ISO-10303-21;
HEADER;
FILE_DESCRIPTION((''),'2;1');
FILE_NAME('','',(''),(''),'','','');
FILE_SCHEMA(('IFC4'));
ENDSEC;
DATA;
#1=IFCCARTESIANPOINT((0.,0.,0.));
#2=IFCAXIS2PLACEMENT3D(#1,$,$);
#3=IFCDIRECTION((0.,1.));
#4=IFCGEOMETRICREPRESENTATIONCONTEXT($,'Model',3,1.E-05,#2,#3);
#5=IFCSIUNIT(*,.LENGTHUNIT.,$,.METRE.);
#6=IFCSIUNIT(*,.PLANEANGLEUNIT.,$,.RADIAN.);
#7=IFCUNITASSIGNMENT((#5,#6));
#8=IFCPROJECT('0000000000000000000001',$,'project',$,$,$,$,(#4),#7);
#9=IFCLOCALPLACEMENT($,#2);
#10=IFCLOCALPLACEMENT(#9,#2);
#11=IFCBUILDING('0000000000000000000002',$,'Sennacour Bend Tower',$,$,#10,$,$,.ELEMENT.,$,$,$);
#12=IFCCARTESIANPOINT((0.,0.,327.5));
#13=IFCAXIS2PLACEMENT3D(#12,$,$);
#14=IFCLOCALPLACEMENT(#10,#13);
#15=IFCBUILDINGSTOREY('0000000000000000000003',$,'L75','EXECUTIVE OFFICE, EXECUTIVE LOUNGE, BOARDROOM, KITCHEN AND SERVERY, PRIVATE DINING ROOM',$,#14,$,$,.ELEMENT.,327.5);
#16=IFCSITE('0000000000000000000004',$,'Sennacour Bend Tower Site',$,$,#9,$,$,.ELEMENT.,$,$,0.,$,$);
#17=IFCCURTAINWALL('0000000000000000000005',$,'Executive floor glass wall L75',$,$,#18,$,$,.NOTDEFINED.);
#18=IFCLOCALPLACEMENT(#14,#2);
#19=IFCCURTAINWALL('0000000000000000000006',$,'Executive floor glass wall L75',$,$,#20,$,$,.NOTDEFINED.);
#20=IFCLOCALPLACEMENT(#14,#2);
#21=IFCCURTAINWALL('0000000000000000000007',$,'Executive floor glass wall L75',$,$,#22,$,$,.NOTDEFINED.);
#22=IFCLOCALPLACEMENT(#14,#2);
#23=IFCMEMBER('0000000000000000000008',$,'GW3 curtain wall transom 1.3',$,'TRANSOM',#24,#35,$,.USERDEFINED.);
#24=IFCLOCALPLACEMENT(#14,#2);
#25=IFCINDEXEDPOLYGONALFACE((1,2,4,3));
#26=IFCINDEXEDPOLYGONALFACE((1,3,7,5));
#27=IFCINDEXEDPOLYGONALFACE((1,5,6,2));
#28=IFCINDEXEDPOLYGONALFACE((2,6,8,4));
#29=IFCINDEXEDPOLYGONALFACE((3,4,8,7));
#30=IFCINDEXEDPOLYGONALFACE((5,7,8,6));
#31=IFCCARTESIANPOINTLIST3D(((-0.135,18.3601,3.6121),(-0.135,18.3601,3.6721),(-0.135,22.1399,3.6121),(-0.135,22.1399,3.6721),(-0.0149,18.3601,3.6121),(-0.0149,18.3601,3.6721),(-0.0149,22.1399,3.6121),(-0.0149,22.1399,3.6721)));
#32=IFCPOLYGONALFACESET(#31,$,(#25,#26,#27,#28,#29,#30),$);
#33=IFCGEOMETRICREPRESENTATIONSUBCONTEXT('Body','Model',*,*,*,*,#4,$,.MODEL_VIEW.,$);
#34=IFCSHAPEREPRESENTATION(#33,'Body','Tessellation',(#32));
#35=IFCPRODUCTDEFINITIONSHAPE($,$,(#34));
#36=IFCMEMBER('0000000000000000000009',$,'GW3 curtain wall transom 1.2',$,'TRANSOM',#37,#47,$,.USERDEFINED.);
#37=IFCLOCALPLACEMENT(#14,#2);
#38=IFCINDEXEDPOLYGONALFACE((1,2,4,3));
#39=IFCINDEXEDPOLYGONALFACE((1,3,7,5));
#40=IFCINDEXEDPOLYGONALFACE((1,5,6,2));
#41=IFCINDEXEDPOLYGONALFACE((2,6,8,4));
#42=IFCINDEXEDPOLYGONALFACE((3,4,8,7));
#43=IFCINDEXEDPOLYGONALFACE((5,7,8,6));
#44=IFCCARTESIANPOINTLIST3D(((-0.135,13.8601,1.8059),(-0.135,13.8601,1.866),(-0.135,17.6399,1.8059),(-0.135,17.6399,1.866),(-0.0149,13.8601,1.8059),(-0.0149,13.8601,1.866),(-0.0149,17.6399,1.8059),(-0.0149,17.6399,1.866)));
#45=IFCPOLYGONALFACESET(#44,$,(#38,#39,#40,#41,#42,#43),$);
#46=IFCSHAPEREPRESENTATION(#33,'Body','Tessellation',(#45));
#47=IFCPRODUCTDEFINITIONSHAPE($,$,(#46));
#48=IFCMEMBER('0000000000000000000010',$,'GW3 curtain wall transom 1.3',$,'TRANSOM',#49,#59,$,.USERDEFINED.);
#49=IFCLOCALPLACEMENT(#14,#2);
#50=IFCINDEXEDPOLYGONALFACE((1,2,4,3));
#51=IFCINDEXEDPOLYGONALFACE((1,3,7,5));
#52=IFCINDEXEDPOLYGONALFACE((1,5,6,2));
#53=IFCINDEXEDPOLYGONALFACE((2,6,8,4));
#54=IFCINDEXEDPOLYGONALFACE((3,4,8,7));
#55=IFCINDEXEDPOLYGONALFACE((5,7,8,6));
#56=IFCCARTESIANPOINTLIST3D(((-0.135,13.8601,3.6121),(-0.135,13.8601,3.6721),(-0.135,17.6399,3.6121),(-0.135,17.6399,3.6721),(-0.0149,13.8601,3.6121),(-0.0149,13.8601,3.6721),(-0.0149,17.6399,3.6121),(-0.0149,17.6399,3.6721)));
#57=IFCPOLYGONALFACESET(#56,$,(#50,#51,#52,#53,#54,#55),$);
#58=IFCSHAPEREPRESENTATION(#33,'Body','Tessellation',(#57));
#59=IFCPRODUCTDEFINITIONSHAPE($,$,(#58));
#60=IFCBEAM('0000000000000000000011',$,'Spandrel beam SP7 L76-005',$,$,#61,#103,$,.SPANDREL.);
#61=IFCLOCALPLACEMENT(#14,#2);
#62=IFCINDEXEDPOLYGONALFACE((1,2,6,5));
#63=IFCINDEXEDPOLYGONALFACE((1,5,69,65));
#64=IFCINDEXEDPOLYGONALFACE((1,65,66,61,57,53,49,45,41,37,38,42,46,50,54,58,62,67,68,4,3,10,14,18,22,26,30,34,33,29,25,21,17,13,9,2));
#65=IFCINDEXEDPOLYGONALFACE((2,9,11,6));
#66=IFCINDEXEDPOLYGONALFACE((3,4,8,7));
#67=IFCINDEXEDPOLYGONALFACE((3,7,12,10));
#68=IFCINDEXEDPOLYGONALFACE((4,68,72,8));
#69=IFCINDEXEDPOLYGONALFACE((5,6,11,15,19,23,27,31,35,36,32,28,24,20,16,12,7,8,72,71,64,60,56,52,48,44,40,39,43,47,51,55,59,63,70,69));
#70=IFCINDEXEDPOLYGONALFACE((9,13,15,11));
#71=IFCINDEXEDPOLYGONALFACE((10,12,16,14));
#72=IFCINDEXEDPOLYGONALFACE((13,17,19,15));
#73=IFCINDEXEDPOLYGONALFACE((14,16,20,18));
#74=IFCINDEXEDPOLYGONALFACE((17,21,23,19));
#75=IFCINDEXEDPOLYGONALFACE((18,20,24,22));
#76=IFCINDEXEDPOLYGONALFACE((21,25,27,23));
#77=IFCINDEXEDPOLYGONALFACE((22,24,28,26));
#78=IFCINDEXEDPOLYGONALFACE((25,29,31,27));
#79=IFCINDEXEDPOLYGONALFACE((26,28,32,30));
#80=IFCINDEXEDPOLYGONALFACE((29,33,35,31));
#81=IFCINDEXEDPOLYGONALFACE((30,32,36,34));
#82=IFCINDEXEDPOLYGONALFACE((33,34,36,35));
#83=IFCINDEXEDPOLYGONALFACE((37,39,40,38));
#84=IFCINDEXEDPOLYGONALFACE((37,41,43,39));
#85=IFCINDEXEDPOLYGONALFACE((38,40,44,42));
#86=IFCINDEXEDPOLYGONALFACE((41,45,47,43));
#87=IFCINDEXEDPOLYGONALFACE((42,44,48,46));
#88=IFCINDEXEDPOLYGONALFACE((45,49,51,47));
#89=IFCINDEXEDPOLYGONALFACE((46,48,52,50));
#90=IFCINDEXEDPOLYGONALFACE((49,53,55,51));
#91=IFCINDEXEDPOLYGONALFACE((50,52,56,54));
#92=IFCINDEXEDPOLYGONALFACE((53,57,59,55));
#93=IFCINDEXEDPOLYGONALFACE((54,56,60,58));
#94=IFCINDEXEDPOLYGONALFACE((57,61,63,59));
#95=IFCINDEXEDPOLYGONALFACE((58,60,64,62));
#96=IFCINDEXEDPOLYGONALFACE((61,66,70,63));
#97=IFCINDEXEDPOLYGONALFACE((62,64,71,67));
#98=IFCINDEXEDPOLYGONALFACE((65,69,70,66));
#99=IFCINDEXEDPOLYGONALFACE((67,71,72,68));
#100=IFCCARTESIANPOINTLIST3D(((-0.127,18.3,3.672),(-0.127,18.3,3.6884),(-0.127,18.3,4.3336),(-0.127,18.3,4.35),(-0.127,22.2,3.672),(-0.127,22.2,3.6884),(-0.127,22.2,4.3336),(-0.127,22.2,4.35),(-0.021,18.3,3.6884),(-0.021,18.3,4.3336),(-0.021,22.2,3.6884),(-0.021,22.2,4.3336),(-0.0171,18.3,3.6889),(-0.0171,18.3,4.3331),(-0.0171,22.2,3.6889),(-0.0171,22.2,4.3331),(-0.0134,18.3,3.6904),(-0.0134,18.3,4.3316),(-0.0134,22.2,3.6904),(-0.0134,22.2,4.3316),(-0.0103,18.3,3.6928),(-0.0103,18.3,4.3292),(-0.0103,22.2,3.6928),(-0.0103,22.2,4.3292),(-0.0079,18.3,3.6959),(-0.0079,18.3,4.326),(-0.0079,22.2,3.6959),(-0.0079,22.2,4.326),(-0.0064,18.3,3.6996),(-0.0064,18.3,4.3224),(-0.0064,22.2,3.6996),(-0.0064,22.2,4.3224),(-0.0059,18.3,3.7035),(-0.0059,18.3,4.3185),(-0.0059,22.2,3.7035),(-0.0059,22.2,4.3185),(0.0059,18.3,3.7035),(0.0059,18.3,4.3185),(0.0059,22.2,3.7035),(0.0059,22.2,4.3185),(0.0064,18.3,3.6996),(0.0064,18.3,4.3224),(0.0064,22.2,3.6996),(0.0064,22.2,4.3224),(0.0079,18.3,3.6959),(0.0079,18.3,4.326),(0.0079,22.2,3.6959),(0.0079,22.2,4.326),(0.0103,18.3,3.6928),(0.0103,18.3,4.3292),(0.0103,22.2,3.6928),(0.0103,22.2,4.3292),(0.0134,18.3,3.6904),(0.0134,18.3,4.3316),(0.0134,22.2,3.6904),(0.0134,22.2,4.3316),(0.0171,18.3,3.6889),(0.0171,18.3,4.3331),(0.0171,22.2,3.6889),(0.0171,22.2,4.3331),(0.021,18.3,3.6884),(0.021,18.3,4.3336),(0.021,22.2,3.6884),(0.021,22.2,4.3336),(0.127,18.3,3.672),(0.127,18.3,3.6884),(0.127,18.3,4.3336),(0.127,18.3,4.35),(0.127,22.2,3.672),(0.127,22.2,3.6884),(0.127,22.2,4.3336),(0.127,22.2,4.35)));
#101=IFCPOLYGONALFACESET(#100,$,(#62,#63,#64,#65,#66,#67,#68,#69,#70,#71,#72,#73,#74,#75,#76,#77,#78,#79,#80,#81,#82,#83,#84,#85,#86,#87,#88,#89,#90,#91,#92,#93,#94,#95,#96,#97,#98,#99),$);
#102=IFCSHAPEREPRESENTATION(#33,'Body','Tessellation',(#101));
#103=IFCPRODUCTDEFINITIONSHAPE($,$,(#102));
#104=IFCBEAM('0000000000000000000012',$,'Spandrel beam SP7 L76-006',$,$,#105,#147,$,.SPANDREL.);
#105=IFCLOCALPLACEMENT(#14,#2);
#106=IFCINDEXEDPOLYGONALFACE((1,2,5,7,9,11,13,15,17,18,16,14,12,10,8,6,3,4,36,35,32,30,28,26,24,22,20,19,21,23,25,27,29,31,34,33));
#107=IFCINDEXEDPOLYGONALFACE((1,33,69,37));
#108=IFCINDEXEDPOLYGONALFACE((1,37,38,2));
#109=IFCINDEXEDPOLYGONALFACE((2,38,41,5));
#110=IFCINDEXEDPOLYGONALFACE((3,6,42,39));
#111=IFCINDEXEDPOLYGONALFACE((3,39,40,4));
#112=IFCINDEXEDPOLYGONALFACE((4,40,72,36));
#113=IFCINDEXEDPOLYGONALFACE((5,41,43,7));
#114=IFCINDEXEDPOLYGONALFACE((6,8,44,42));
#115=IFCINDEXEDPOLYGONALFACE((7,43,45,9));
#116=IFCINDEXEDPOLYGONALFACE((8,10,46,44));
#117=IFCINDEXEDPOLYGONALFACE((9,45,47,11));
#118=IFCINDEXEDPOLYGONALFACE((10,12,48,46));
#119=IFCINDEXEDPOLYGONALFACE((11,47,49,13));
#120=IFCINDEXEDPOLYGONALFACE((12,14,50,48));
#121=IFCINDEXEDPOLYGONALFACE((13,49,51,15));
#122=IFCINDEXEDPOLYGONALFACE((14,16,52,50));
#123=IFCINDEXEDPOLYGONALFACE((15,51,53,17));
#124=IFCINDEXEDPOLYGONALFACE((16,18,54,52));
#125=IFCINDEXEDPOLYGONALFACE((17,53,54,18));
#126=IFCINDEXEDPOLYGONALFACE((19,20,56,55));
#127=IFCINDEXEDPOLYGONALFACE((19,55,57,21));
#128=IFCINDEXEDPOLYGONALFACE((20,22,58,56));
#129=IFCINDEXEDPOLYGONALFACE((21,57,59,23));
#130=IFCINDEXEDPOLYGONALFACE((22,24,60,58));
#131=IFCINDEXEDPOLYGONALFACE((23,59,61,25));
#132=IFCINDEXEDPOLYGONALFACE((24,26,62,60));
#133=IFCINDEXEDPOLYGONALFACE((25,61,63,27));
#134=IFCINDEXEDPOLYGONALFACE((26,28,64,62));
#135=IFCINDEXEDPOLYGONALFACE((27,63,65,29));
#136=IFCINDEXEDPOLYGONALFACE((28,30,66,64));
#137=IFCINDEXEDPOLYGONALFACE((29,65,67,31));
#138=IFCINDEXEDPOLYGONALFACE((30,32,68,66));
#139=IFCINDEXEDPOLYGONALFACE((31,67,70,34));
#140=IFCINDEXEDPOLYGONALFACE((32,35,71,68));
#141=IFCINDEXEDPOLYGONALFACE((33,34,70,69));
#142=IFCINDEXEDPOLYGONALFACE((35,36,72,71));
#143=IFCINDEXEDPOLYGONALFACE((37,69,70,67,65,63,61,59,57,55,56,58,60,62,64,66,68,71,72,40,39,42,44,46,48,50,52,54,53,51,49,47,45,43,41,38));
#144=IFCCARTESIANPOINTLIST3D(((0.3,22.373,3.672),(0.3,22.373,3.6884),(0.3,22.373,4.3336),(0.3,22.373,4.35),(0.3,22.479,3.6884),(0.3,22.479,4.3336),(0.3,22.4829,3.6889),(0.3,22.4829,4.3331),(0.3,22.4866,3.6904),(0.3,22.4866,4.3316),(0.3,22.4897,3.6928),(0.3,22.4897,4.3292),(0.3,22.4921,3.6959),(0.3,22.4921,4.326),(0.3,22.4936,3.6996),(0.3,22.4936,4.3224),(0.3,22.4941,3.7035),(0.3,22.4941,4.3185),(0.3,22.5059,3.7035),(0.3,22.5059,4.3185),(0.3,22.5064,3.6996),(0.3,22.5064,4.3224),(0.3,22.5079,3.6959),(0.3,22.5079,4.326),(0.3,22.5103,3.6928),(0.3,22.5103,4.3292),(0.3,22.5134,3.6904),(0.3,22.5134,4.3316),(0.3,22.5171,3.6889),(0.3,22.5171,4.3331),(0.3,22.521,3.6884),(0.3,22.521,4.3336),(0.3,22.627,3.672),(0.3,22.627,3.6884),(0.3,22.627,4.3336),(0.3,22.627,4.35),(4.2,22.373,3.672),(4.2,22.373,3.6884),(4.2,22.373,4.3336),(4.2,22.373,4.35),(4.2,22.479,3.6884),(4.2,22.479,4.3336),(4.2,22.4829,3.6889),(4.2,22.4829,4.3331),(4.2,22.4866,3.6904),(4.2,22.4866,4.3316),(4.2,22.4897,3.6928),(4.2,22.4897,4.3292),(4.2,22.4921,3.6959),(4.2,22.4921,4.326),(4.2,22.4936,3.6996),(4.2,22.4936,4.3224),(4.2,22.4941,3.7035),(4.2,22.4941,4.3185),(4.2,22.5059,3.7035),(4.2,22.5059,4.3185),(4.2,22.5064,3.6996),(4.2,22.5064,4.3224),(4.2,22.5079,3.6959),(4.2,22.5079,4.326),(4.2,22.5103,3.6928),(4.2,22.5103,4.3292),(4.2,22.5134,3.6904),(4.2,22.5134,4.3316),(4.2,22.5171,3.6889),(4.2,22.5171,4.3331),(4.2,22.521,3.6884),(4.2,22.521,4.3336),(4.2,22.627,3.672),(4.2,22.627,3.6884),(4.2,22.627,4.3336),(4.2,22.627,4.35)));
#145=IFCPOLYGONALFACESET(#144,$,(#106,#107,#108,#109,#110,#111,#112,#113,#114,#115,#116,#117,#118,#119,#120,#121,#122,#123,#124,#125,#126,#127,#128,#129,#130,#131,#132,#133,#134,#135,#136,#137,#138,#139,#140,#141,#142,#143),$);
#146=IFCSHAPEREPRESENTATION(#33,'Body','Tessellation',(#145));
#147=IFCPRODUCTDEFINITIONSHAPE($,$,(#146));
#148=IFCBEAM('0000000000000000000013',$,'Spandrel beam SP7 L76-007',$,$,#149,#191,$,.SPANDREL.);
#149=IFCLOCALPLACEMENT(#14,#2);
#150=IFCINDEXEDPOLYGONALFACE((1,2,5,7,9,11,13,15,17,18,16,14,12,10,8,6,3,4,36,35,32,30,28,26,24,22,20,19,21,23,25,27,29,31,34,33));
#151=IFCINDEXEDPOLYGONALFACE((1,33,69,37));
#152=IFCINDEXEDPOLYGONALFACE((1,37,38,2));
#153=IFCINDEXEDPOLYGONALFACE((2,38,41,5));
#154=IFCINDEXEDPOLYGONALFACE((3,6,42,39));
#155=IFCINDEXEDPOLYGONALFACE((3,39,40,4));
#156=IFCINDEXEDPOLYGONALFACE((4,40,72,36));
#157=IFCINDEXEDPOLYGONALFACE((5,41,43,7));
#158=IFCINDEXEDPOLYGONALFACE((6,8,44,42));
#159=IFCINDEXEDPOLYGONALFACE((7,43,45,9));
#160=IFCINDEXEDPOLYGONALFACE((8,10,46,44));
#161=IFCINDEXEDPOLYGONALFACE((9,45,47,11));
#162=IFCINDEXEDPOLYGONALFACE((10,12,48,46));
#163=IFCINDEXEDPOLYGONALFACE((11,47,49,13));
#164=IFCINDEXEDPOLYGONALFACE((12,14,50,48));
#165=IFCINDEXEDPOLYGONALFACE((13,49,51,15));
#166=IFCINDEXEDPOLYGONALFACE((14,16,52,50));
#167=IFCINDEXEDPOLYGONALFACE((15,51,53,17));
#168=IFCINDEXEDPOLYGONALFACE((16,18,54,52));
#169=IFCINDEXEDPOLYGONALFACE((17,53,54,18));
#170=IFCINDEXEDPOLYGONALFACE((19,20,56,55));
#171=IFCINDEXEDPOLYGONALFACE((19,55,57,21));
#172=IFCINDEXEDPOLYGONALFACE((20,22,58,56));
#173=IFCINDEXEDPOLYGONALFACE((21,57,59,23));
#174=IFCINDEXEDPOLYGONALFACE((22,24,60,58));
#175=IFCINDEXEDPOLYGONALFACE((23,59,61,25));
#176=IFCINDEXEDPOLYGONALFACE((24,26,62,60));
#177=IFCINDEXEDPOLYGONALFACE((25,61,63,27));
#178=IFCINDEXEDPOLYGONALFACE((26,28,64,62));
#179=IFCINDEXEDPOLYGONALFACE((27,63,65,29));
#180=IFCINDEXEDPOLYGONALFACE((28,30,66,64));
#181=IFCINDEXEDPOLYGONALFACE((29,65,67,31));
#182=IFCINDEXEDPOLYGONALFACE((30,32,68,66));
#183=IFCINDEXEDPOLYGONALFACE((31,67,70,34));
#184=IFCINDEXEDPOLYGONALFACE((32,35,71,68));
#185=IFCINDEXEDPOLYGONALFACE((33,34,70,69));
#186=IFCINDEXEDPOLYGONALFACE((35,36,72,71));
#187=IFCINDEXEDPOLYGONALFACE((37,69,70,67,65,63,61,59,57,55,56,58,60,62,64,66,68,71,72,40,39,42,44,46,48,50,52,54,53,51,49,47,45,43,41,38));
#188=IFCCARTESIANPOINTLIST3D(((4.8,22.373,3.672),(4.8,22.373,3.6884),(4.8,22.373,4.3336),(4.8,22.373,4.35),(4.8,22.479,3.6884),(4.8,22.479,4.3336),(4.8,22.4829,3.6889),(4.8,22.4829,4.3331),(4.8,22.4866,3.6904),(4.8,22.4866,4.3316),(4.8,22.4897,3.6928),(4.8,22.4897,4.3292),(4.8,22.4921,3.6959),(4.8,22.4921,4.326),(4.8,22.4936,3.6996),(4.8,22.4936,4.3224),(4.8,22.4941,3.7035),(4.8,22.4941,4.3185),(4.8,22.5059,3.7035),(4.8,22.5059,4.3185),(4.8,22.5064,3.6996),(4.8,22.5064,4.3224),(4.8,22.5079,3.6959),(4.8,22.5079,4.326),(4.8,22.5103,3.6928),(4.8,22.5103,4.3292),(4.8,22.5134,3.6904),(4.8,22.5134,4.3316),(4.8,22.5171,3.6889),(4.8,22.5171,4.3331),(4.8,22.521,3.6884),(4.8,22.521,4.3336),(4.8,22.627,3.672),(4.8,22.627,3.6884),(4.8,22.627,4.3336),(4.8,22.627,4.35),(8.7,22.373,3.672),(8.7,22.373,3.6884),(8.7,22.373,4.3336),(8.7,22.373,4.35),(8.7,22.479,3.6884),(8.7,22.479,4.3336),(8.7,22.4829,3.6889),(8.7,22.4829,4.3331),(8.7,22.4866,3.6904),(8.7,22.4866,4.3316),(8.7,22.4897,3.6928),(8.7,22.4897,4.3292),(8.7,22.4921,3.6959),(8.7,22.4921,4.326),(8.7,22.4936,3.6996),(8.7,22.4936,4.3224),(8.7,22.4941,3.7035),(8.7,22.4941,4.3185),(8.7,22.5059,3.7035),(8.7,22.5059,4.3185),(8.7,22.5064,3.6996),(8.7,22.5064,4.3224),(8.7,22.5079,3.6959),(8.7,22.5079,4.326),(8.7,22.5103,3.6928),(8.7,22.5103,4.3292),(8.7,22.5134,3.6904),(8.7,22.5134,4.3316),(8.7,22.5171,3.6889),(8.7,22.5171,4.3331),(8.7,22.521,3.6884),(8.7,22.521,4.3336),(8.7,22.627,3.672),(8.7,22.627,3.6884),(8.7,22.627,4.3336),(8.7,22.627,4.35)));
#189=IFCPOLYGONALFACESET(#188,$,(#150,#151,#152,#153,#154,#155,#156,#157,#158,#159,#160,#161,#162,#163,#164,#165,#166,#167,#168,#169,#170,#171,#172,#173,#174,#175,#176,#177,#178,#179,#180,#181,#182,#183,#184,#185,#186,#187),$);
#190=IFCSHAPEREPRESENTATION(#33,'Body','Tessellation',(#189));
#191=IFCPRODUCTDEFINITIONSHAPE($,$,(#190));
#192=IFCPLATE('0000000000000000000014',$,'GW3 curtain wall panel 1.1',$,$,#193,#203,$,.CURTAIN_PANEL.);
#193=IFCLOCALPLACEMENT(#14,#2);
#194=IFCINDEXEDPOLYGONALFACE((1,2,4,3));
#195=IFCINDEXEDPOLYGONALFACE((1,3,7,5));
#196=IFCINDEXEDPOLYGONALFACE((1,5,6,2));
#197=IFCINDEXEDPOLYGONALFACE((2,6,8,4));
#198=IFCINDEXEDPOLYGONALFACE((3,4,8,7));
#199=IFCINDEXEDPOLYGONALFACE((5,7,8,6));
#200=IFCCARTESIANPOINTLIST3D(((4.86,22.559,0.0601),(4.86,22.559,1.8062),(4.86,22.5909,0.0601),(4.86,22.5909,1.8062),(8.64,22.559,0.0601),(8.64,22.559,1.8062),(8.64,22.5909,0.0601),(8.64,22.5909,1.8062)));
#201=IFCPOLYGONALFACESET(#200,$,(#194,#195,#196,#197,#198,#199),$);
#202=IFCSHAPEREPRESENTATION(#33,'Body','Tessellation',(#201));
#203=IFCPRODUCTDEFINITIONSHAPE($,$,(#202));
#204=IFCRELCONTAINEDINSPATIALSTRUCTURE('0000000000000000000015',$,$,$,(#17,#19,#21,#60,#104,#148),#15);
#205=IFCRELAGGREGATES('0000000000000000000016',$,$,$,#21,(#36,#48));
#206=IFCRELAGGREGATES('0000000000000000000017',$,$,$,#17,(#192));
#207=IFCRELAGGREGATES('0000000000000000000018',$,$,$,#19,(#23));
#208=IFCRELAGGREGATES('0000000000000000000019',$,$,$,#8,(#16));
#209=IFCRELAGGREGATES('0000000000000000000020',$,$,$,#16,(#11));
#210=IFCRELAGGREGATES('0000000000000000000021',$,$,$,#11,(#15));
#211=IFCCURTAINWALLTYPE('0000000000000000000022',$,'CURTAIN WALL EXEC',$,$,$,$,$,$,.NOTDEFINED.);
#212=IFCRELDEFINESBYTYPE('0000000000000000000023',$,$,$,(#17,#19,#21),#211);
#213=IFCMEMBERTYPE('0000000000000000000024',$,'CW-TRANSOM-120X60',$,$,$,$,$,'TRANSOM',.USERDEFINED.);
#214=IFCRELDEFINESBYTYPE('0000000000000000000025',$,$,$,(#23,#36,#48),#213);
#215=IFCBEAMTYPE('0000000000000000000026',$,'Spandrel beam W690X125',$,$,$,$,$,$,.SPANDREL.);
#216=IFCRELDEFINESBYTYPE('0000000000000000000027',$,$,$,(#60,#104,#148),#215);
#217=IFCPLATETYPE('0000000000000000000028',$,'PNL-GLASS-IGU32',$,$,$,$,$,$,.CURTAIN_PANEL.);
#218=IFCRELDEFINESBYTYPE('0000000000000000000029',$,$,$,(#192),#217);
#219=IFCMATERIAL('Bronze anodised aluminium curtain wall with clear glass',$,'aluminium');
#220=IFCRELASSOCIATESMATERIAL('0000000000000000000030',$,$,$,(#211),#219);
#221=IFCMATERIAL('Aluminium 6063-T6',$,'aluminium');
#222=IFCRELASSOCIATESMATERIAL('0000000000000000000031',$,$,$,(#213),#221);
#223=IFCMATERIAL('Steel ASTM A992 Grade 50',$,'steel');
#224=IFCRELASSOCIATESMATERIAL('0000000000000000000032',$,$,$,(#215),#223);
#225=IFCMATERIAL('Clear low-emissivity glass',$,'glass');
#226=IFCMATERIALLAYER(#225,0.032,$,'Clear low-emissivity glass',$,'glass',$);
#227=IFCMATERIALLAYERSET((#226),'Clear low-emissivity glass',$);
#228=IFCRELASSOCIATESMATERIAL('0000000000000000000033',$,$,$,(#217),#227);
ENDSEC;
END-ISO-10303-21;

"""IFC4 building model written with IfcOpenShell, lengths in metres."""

from ifc_helpers import new_model, si_unit, direction, frame, origin, origin_2d, place, context, subcontext, project, spatial, rectangle, i_section, extrude, material, layer, layer_set, material_profile, profile_set, type_object, element, aggregate, save


model = new_model("IFC4")

# Units and contexts
model_context = context("Model", 3, precision=1e-05, world=origin(), true_north=direction((0.0, 1.0)))
body_context = subcontext(model_context, "Body", "Model", "MODEL_VIEW")
ifc_project = project(units=[si_unit("LENGTHUNIT", "METRE"), si_unit("PLANEANGLEUNIT", "RADIAN")], contexts=[model_context])

# Site, building, storey
site_placement = place(None, origin())
site = spatial("IfcSite", under=ifc_project, at=site_placement, Name="Sennacour Bend Tower Site", CompositionType="ELEMENT", RefElevation=0.0)
building_placement = place(site_placement, origin())
building = spatial("IfcBuilding", under=site, at=building_placement, Name="Sennacour Bend Tower", CompositionType="ELEMENT")
storey_placement = place(building_placement, frame((0.0, 0.0, 327.5)))
storey = spatial("IfcBuildingStorey", under=building, at=storey_placement, Name="L75", Description="EXECUTIVE OFFICE, EXECUTIVE LOUNGE, BOARDROOM, KITCHEN AND SERVERY, PRIVATE DINING ROOM", CompositionType="ELEMENT", Elevation=327.5)

# Curtain wall
ifc_material_1 = material(Name="Bronze anodised aluminium curtain wall with clear glass", Category="aluminium")
curtain_wall_type = type_object("IfcCurtainWallType", Name="CURTAIN WALL EXEC", PredefinedType="NOTDEFINED", material=ifc_material_1)
curtain_wall_1_placement = place(storey_placement, origin())
curtain_wall_1 = element("IfcCurtainWall", 1, at=curtain_wall_1_placement, inside=storey, type_object=curtain_wall_type, Name="Executive floor glass wall L75", PredefinedType="NOTDEFINED")
ifc_material_2 = material(Name="Aluminium 6063-T6", Category="aluminium")

# Curtain wall
curtain_wall_2_placement = place(storey_placement, origin())
curtain_wall_2 = element("IfcCurtainWall", 2, at=curtain_wall_2_placement, inside=storey, type_object=curtain_wall_type, Name="Executive floor glass wall L75", PredefinedType="NOTDEFINED")

# Curtain wall
curtain_wall_3_placement = place(storey_placement, origin())
curtain_wall_3 = element("IfcCurtainWall", 3, at=curtain_wall_3_placement, inside=storey, type_object=curtain_wall_type, Name="Executive floor glass wall L75", PredefinedType="NOTDEFINED")

# Members
ifc_material_profile_1 = material_profile(ifc_material_2, rectangle(XDim=0.1201, YDim=0.0601, at=origin_2d()), Name="Aluminium 6063-T6", Category="aluminium")
ifc_profile_set_1 = profile_set([ifc_material_profile_1], Name="Aluminium 6063-T6")
member_type_1 = type_object("IfcMemberType", Name="CW-TRANSOM-120X60", ElementType="TRANSOM", PredefinedType="USERDEFINED", material=ifc_profile_set_1)
member_1_placement = place(storey_placement, frame((-0.075, 22.1399, 3.6421), z_axis=(0.0, -1.0, 0.0), x_axis=(1.0, 0.0, 0.0)))
member_1 = element("IfcMember", 4, at=member_1_placement, type_object=member_type_1, Name="GW3 curtain wall transom 1.3", ObjectType="TRANSOM", PredefinedType="USERDEFINED", context=body_context, shape_type="SweptSolid", body=[
    extrude(rectangle(XDim=0.1201, YDim=0.0601, at=origin_2d()), origin(), (0.0, 0.0, 1.0), 3.7798),
])
member_2_placement = place(storey_placement, frame((-0.075, 17.6399, 1.8359), z_axis=(0.0, -1.0, 0.0), x_axis=(1.0, 0.0, 0.0)))
member_2 = element("IfcMember", 5, at=member_2_placement, type_object=member_type_1, Name="GW3 curtain wall transom 1.2", ObjectType="TRANSOM", PredefinedType="USERDEFINED", context=body_context, shape_type="SweptSolid", body=[
    extrude(rectangle(XDim=0.1201, YDim=0.0601, at=origin_2d()), origin(), (0.0, 0.0, 1.0), 3.7798),
])
member_3_placement = place(storey_placement, frame((-0.075, 17.6399, 3.6421), z_axis=(0.0, -1.0, 0.0), x_axis=(1.0, 0.0, 0.0)))
member_3 = element("IfcMember", 6, at=member_3_placement, type_object=member_type_1, Name="GW3 curtain wall transom 1.3", ObjectType="TRANSOM", PredefinedType="USERDEFINED", context=body_context, shape_type="SweptSolid", body=[
    extrude(rectangle(XDim=0.1201, YDim=0.0601, at=origin_2d()), origin(), (0.0, 0.0, 1.0), 3.7798),
])
aggregate(curtain_wall_3, [member_2, member_3])

# Beams
ifc_material_3 = material(Name="Steel ASTM A992 Grade 50", Category="steel")
ifc_material_profile_2 = material_profile(ifc_material_3, i_section(OverallWidth=0.2539, OverallDepth=0.678, WebThickness=0.0117, FlangeThickness=0.0164, FilletRadius=0.0151, at=origin_2d()), Name="Steel ASTM A992 Grade 50", Category="steel")
ifc_profile_set_2 = profile_set([ifc_material_profile_2], Name="Steel ASTM A992 Grade 50")
beam_type = type_object("IfcBeamType", Name="Spandrel beam W690X125", PredefinedType="SPANDREL", material=ifc_profile_set_2)
for number, where, z_axis, x_axis, name in (
    (7, (0.0, 18.3, 4.011), (0.0, 1.0, 0.0), (-1.0, 0.0, 0.0), "Spandrel beam SP7 L76-005"),
    (8, (0.3, 22.5, 4.011), (1.0, 0.0, 0.0), (0.0, 1.0, 0.0), "Spandrel beam SP7 L76-006"),
    (9, (4.8, 22.5, 4.011), (1.0, 0.0, 0.0), (0.0, 1.0, 0.0), "Spandrel beam SP7 L76-007"),
):
    element("IfcBeam", number, at=place(storey_placement, frame(where, z_axis=z_axis, x_axis=x_axis)), inside=storey, type_object=beam_type, Name=name, PredefinedType="SPANDREL", context=body_context, shape_type="SweptSolid", body=[
        extrude(i_section(OverallWidth=0.2539, OverallDepth=0.678, WebThickness=0.0117, FlangeThickness=0.0164, FilletRadius=0.0151, at=origin_2d()), origin(), (0.0, 0.0, 1.0), 3.8999),
    ])

# Plate
ifc_material_4 = material(Name="Clear low-emissivity glass", Category="glass")
ifc_layer = layer(ifc_material_4, 0.032, Name="Clear low-emissivity glass", Category="glass")
ifc_layer_set = layer_set([ifc_layer], Name="Clear low-emissivity glass")
plate_type = type_object("IfcPlateType", Name="PNL-GLASS-IGU32", PredefinedType="CURTAIN_PANEL", material=ifc_layer_set)
plate_1_placement = place(storey_placement, frame((6.75, 22.575, 0.0601), z_axis=(0.0, 0.0, 1.0), x_axis=(-1.0, 0.0, 0.0)))
plate_1 = element("IfcPlate", 10, at=plate_1_placement, type_object=plate_type, Name="GW3 curtain wall panel 1.1", PredefinedType="CURTAIN_PANEL", context=body_context, shape_type="SweptSolid", body=[
    extrude(rectangle(XDim=3.78, YDim=0.032, at=origin_2d()), origin(), (0.0, 0.0, 1.0), 1.7461),
])
aggregate(curtain_wall_1, [plate_1])
aggregate(curtain_wall_2, [member_1])

save(model, "model.ifc")
